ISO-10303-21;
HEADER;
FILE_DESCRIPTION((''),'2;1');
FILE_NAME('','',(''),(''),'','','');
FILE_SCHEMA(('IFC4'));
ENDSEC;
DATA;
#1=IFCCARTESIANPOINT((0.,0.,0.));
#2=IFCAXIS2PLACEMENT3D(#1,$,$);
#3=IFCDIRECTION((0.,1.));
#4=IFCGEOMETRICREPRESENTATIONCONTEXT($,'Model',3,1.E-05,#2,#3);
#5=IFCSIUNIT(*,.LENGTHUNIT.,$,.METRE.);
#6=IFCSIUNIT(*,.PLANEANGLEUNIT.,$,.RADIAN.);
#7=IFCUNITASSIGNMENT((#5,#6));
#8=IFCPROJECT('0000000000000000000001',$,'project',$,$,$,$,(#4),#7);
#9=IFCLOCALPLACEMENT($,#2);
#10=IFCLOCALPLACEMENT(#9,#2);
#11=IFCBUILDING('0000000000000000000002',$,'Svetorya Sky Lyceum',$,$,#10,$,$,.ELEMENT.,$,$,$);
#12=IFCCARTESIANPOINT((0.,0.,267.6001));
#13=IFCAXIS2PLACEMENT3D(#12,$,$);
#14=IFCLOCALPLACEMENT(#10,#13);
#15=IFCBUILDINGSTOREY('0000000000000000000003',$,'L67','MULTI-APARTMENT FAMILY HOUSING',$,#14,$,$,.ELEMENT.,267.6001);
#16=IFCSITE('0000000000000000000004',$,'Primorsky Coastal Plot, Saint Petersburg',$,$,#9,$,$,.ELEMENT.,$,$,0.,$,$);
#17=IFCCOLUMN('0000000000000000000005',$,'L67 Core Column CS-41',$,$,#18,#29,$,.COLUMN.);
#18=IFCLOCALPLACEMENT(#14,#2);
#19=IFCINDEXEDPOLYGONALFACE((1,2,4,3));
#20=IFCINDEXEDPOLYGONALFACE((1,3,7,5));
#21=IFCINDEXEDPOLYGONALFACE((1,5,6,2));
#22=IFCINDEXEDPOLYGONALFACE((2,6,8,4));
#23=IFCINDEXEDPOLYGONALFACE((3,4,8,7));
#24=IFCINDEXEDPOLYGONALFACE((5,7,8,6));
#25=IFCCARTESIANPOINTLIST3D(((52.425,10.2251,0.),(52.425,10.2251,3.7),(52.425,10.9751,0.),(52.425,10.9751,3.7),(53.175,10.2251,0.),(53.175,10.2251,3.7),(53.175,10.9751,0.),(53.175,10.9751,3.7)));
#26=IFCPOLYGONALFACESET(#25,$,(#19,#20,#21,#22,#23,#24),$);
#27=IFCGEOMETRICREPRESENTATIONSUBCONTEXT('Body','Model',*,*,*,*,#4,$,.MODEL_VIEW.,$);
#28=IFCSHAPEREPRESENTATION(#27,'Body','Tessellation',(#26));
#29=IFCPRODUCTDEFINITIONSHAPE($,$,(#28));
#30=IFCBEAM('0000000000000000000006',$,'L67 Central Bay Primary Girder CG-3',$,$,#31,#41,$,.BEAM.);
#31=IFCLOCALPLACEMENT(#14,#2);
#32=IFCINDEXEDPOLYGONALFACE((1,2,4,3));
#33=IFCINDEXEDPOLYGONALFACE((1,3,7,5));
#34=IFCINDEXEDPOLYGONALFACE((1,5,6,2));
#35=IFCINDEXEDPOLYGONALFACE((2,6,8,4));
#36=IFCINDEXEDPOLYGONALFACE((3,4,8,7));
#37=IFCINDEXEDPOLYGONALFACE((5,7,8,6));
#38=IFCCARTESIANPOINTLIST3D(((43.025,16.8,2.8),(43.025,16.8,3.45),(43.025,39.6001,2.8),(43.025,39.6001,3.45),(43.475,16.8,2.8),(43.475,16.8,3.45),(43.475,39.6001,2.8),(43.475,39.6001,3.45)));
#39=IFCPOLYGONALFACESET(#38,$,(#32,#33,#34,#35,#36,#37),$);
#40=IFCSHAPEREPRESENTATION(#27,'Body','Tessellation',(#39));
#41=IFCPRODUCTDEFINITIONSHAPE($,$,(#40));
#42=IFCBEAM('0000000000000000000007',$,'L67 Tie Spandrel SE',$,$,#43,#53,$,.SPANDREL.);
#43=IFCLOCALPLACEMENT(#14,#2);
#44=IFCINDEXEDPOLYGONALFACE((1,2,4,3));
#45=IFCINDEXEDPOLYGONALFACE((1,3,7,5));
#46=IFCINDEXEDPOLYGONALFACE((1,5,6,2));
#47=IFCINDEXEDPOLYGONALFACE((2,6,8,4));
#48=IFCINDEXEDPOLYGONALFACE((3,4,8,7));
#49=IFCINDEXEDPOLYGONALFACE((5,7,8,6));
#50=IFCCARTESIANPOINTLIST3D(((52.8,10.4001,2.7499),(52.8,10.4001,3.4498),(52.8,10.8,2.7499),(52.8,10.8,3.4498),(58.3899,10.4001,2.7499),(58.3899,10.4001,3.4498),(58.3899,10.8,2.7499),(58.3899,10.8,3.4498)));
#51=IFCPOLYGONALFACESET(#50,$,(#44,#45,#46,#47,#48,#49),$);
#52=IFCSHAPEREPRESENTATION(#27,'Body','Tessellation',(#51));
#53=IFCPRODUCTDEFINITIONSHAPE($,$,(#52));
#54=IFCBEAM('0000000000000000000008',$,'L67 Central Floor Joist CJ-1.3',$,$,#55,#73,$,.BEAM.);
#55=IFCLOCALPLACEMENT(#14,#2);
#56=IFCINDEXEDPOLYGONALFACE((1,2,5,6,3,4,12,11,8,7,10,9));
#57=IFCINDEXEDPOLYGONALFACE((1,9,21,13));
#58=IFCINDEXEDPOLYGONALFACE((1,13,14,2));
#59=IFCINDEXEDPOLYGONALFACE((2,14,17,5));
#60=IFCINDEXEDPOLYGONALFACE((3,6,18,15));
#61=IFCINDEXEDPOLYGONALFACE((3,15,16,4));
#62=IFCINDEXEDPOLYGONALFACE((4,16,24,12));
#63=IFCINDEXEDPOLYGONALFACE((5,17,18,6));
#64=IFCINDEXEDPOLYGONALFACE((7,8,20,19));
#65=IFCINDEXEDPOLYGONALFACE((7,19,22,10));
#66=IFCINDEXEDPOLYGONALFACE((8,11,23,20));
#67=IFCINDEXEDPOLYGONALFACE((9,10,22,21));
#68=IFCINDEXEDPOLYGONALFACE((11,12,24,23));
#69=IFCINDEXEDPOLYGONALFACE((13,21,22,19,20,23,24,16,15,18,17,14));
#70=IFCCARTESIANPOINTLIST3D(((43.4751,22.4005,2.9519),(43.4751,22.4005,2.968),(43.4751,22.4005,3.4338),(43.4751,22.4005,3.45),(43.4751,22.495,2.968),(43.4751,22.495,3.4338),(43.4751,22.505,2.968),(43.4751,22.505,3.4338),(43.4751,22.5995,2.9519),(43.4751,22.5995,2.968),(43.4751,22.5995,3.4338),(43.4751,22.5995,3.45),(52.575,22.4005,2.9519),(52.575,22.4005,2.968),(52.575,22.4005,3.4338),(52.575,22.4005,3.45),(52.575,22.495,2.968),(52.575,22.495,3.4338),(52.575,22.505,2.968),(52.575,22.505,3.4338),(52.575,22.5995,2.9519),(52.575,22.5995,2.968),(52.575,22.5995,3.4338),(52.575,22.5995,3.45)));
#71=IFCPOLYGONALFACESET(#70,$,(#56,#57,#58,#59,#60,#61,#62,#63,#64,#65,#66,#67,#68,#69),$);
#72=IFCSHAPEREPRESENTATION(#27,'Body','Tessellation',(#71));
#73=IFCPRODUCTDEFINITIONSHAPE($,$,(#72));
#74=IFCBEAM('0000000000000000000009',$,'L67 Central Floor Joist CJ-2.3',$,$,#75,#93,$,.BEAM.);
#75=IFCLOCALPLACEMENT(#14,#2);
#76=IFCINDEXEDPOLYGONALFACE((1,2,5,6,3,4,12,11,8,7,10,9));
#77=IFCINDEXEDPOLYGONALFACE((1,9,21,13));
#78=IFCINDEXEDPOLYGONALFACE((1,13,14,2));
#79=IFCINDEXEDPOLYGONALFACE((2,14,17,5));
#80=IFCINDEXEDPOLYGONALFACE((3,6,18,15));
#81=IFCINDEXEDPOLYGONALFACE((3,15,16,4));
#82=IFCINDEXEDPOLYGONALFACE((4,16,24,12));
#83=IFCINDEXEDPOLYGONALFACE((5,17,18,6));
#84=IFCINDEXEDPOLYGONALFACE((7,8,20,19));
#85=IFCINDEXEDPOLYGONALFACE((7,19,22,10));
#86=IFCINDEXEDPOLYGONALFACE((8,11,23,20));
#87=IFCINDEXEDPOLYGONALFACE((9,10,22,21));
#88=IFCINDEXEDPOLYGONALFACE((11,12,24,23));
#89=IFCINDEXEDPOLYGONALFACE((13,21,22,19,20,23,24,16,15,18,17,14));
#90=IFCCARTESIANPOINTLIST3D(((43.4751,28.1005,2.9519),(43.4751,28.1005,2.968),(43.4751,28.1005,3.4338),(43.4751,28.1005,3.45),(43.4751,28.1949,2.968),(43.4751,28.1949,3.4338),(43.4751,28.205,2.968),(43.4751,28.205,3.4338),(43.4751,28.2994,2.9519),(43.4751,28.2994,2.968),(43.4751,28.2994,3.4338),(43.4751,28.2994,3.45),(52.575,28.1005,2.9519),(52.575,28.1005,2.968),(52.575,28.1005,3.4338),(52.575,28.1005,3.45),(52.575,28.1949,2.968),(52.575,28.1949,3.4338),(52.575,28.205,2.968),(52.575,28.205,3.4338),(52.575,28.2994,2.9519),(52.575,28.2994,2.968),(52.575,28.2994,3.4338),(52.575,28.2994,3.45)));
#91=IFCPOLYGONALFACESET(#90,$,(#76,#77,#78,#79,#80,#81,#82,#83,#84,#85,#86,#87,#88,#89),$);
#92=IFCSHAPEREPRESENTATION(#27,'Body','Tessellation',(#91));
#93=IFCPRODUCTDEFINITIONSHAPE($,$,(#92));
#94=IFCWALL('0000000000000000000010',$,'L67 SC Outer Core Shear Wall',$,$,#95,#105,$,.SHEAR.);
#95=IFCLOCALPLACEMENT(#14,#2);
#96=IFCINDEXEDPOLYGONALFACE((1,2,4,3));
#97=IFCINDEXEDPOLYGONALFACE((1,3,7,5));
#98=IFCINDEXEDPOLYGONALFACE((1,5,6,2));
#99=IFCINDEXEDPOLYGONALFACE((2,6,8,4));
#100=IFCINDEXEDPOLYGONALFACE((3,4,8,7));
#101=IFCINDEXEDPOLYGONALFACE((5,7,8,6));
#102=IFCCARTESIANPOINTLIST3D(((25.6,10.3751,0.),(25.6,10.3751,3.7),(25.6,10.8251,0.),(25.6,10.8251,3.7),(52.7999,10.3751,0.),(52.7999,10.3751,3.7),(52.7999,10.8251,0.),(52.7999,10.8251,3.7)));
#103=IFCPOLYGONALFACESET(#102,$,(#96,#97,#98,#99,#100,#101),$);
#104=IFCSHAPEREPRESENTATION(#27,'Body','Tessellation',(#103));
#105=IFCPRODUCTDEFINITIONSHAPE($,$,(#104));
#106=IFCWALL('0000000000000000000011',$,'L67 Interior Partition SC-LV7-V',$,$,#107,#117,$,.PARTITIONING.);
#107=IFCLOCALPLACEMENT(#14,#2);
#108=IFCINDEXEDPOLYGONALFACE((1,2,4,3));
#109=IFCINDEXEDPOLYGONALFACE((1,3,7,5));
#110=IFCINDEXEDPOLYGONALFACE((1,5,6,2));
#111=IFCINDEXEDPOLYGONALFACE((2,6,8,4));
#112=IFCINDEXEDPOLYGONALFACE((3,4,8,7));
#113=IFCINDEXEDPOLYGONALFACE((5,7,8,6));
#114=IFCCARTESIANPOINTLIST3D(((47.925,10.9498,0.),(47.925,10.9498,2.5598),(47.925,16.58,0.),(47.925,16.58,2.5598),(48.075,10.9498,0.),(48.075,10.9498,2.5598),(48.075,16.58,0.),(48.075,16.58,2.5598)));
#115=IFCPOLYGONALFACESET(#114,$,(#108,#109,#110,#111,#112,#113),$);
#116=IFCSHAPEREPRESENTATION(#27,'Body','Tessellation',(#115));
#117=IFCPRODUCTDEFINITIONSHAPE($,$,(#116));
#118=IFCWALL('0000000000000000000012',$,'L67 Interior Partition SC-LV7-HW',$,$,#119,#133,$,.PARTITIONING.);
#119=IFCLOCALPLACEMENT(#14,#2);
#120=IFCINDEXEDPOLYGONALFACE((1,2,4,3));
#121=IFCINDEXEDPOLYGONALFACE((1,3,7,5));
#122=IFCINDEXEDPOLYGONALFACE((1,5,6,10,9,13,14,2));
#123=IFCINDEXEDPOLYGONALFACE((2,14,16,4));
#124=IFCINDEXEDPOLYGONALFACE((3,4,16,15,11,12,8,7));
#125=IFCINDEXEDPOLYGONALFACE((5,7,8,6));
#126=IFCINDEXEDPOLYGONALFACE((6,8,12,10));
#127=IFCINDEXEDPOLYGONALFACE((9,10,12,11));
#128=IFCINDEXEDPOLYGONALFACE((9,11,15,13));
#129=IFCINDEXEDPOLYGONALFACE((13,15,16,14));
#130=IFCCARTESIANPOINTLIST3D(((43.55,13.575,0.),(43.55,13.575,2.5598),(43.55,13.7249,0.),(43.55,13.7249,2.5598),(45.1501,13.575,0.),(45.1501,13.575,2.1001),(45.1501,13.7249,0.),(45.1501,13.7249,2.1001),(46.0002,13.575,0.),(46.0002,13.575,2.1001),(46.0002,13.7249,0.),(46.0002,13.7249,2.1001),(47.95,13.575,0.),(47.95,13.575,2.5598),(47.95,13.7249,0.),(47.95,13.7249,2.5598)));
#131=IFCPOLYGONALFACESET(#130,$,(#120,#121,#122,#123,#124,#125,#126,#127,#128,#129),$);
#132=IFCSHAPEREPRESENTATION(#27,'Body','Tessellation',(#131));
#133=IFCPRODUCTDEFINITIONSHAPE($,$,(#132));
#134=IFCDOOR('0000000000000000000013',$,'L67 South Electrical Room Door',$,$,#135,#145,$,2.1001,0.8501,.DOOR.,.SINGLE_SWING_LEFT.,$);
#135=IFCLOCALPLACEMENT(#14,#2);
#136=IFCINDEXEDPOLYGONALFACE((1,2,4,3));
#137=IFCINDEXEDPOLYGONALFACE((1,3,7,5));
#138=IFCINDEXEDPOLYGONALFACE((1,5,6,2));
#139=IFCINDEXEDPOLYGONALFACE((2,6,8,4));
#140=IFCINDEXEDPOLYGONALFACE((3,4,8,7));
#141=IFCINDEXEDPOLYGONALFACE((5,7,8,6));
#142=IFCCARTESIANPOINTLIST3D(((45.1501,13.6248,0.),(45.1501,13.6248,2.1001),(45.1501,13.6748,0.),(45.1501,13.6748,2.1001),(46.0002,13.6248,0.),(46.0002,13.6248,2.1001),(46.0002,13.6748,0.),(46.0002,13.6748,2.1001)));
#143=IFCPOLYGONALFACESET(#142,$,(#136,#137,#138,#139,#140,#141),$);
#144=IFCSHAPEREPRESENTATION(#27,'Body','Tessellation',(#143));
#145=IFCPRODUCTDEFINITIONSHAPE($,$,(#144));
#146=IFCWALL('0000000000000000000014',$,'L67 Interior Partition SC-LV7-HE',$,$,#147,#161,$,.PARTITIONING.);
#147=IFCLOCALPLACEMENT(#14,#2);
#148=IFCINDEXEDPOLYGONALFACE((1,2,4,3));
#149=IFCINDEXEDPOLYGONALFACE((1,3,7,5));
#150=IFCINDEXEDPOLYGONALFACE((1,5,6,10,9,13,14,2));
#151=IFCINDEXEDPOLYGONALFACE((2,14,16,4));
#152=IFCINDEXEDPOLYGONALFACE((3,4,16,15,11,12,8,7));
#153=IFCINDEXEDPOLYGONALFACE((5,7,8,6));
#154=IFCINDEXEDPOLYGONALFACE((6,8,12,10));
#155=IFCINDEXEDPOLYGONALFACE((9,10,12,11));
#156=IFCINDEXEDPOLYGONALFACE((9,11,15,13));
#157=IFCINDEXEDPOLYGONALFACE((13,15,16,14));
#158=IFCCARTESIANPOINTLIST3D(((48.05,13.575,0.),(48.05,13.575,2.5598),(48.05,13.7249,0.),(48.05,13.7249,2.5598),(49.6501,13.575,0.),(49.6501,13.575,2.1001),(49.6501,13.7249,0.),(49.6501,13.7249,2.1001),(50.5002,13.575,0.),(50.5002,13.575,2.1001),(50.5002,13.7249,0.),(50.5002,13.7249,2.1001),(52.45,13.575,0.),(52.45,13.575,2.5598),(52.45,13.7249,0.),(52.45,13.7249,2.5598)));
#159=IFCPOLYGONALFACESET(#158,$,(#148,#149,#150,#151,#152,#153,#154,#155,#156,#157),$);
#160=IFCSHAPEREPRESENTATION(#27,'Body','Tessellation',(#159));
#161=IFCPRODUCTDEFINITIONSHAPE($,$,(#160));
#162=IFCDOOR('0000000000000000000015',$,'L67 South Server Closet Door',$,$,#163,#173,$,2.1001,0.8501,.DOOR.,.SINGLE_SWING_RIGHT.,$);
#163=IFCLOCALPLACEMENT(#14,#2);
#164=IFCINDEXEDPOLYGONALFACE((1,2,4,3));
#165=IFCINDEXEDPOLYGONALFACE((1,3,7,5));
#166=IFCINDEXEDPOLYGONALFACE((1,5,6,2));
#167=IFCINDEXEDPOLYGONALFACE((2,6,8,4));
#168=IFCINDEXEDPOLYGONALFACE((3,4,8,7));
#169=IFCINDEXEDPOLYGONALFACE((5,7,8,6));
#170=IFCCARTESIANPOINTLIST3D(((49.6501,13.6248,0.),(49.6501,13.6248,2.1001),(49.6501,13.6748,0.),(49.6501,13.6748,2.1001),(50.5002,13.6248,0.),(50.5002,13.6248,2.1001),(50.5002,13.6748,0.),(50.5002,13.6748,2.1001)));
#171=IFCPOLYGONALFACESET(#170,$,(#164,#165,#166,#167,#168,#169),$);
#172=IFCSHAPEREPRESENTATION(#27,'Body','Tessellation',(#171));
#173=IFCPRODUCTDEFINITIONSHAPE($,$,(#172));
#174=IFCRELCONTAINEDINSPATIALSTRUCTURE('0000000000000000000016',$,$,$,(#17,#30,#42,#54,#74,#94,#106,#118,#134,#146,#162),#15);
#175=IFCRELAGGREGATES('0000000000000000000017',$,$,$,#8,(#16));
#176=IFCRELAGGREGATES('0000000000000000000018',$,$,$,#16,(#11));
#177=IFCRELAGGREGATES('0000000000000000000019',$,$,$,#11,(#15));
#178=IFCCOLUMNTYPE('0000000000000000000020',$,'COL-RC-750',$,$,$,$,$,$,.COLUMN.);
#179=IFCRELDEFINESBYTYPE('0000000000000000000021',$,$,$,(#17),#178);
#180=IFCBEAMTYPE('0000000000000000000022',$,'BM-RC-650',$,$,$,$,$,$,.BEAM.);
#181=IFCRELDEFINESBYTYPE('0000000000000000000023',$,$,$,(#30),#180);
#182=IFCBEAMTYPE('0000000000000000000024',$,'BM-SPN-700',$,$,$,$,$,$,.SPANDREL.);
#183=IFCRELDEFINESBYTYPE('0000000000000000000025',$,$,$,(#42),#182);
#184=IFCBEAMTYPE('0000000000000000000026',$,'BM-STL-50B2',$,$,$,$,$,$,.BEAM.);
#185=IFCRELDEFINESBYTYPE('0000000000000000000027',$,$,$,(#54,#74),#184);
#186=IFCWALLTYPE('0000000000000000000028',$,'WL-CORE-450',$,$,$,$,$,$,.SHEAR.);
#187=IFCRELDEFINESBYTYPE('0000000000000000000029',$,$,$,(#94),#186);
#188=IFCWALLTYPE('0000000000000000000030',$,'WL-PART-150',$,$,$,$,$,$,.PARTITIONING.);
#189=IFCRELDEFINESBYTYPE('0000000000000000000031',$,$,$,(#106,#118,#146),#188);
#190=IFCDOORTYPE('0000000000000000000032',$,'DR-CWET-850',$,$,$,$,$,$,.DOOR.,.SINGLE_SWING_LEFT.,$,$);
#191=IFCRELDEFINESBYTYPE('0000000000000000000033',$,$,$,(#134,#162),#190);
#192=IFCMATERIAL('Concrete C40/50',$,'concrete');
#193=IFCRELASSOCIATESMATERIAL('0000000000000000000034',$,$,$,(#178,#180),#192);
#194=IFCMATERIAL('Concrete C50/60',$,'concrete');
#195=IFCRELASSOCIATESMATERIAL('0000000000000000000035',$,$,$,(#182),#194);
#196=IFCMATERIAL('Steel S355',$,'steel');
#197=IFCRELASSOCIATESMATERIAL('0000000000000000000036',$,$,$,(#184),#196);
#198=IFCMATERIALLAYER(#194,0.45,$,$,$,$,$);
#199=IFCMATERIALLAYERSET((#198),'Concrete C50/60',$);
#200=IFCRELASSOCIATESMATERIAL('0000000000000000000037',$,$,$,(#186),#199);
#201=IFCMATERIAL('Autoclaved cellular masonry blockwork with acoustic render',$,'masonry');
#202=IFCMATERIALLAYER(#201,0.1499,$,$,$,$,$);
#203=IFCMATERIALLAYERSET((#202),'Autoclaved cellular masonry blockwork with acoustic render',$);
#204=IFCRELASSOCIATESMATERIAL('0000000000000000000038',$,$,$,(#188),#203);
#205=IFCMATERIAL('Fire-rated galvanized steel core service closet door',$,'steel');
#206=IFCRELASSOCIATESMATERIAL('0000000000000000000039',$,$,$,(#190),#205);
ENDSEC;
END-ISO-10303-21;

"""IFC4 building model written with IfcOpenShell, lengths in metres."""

from ifc_helpers import new_model, si_unit, direction, frame, frame_2d, origin, origin_2d, place, context, subcontext, project, spatial, rectangle, i_section, extrude, material, layer, layer_set, material_profile, profile_set, type_object, element, fill, save


model = new_model("IFC4")

# Units and contexts
model_context = context("Model", 3, precision=1e-05, world=origin(), true_north=direction((0.0, 1.0)))
body_context = subcontext(model_context, "Body", "Model", "MODEL_VIEW")
ifc_project = project(units=[si_unit("LENGTHUNIT", "METRE"), si_unit("PLANEANGLEUNIT", "RADIAN")], contexts=[model_context])

# Site, building, storey
site_placement = place(None, origin())
site = spatial("IfcSite", under=ifc_project, at=site_placement, Name="Primorsky Coastal Plot, Saint Petersburg", CompositionType="ELEMENT", RefElevation=0.0)
building_placement = place(site_placement, origin())
building = spatial("IfcBuilding", under=site, at=building_placement, Name="Svetorya Sky Lyceum", CompositionType="ELEMENT")
storey_placement = place(building_placement, frame((0.0, 0.0, 267.6001)))
storey = spatial("IfcBuildingStorey", under=building, at=storey_placement, Name="L67", Description="MULTI-APARTMENT FAMILY HOUSING", CompositionType="ELEMENT", Elevation=267.6001)

# Column
ifc_material_1 = material(Name="Concrete C40/50", Category="concrete")
ifc_material_profile_1 = material_profile(ifc_material_1, rectangle(XDim=0.75, YDim=0.75, at=origin_2d()), Name="RC COL 750x750")
ifc_profile_set_1 = profile_set([ifc_material_profile_1], Name="Concrete C40/50")
column_type = type_object("IfcColumnType", Name="COL-RC-750", PredefinedType="COLUMN", material=ifc_profile_set_1)
column_placement = place(storey_placement, frame((52.8, 10.6001, 0.0), z_axis=(0.0, 0.0, 1.0), x_axis=(1.0, 0.0, 0.0)))
element("IfcColumn", 1, at=column_placement, inside=storey, type_object=column_type, Name="L67 Core Column CS-41", PredefinedType="COLUMN", context=body_context, shape_type="SweptSolid", body=[
    extrude(rectangle(XDim=0.75, YDim=0.75, at=origin_2d()), origin(), (0.0, 0.0, 1.0), 3.7),
])

# Beams
ifc_material_profile_2 = material_profile(ifc_material_1, rectangle(XDim=0.45, YDim=0.6499, at=origin_2d()), Name="RC BEAM 450x650")
ifc_profile_set_2 = profile_set([ifc_material_profile_2], Name="Concrete C40/50")
beam_type_1 = type_object("IfcBeamType", Name="BM-RC-650", PredefinedType="BEAM", material=ifc_profile_set_2)
beam_1_placement = place(storey_placement, frame((43.25, 16.8, 3.125), z_axis=(0.0, 1.0, 0.0), x_axis=(-1.0, 0.0, 0.0)))
element("IfcBeam", 2, at=beam_1_placement, inside=storey, type_object=beam_type_1, Name="L67 Central Bay Primary Girder CG-3", PredefinedType="BEAM", context=body_context, shape_type="SweptSolid", body=[
    extrude(rectangle(XDim=0.45, YDim=0.6499, at=origin_2d()), origin(), (0.0, 0.0, 1.0), 22.8),
])
ifc_material_2 = material(Name="Concrete C50/60", Category="concrete")
ifc_material_profile_3 = material_profile(ifc_material_2, rectangle(XDim=0.3999, YDim=0.7, at=origin_2d()), Name="RC SPANDREL 400x700")
ifc_profile_set_3 = profile_set([ifc_material_profile_3], Name="Concrete C50/60")
beam_type_2 = type_object("IfcBeamType", Name="BM-SPN-700", PredefinedType="SPANDREL", material=ifc_profile_set_3)
beam_2_placement = place(storey_placement, frame((52.8, 10.6001, 3.0999), z_axis=(1.0, 0.0, 0.0), x_axis=(0.0, 1.0, 0.0)))
element("IfcBeam", 3, at=beam_2_placement, inside=storey, type_object=beam_type_2, Name="L67 Tie Spandrel SE", PredefinedType="SPANDREL", context=body_context, shape_type="SweptSolid", body=[
    extrude(rectangle(XDim=0.3999, YDim=0.7, at=origin_2d()), origin(), (0.0, 0.0, 1.0), 5.5898),
])
ifc_material_3 = material(Name="Steel S355", Category="steel")
ifc_material_profile_4 = material_profile(ifc_material_3, i_section(OverallWidth=0.199, OverallDepth=0.498, WebThickness=0.01, FlangeThickness=0.0161, at=origin_2d()), Name="GOST 50B2")
ifc_profile_set_4 = profile_set([ifc_material_profile_4], Name="Steel S355")
beam_type_3 = type_object("IfcBeamType", Name="BM-STL-50B2", PredefinedType="BEAM", material=ifc_profile_set_4)
for number, where, z_axis, x_axis, name in (
    (4, (43.4751, 22.5, 3.2009), (1.0, 0.0, 0.0), (0.0, 1.0, 0.0), "L67 Central Floor Joist CJ-1.3"),
    (5, (43.4751, 28.2, 3.2009), (1.0, 0.0, 0.0), (0.0, 1.0, 0.0), "L67 Central Floor Joist CJ-2.3"),
):
    element("IfcBeam", number, at=place(storey_placement, frame(where, z_axis=z_axis, x_axis=x_axis)), inside=storey, type_object=beam_type_3, Name=name, PredefinedType="BEAM", context=body_context, shape_type="SweptSolid", body=[
        extrude(i_section(OverallWidth=0.199, OverallDepth=0.498, WebThickness=0.01, FlangeThickness=0.0161, at=origin_2d()), origin(), (0.0, 0.0, 1.0), 9.0999),
    ])

# Walls
ifc_layer_1 = layer(ifc_material_2, 0.45)
ifc_layer_set_1 = layer_set([ifc_layer_1], Name="Concrete C50/60")
wall_type_1 = type_object("IfcWallType", Name="WL-CORE-450", PredefinedType="SHEAR", material=ifc_layer_set_1)
wall_1_placement = place(storey_placement, frame((52.8, 10.6001, 0.0), z_axis=(0.0, 0.0, 1.0), x_axis=(-1.0, 0.0, 0.0)))
element("IfcWall", 6, at=wall_1_placement, inside=storey, type_object=wall_type_1, Name="L67 SC Outer Core Shear Wall", PredefinedType="SHEAR", context=body_context, shape_type="SweptSolid", body=[
    extrude(rectangle(XDim=27.2, YDim=0.45, at=frame_2d((13.6001, 0.0))), origin(), (0.0, 0.0, 1.0), 3.7),
])
ifc_material_4 = material(Name="Autoclaved cellular masonry blockwork with acoustic render", Category="masonry")
ifc_layer_2 = layer(ifc_material_4, 0.1499)
ifc_layer_set_2 = layer_set([ifc_layer_2], Name="Autoclaved cellular masonry blockwork with acoustic render")
wall_type_2 = type_object("IfcWallType", Name="WL-PART-150", PredefinedType="PARTITIONING", material=ifc_layer_set_2)
wall_2_placement = place(storey_placement, frame((48.0, 10.95, 0.0), z_axis=(0.0, 0.0, 1.0), x_axis=(0.0, 1.0, 0.0)))
element("IfcWall", 7, at=wall_2_placement, inside=storey, type_object=wall_type_2, Name="L67 Interior Partition SC-LV7-V", PredefinedType="PARTITIONING", context=body_context, shape_type="SweptSolid", body=[
    extrude(rectangle(XDim=5.6301, YDim=0.1499, at=frame_2d((2.8149, 0.0))), origin(), (0.0, 0.0, 1.0), 2.5598),
])

# Walls, openings, doors
wall_3_placement = place(storey_placement, frame((43.55, 13.6499, 0.0), z_axis=(0.0, 0.0, 1.0), x_axis=(1.0, 0.0, 0.0)))
wall_3 = element("IfcWall", 8, at=wall_3_placement, inside=storey, type_object=wall_type_2, Name="L67 Interior Partition SC-LV7-HW", PredefinedType="PARTITIONING", context=body_context, shape_type="SweptSolid", body=[
    extrude(rectangle(XDim=4.3999, YDim=0.1499, at=frame_2d((2.2, 0.0))), origin(), (0.0, 0.0, 1.0), 2.5598),
])
opening_1_placement = place(wall_3_placement, frame((1.6001, 0.0, 0.0)))
opening_1 = element("IfcOpeningElement", 9, at=opening_1_placement, cuts=wall_3, PredefinedType="OPENING", context=body_context, shape_type="SweptSolid", body=[
    extrude(rectangle(XDim=0.8501, YDim=2.1001, at=frame_2d((0.425, 1.05))), frame((0.0, 0.085, 0.0), z_axis=(0.0, -1.0, 0.0), x_axis=(1.0, 0.0, 0.0)), (0.0, 0.0, 1.0), 0.1699),
])
ifc_material_5 = material(Name="Fire-rated galvanized steel core service closet door", Category="steel")
door_type_1 = type_object("IfcDoorType", Name="DR-CWET-850", OperationType="SINGLE_SWING_LEFT", PredefinedType="DOOR", material=ifc_material_5)
door_1_placement = place(opening_1_placement, origin())
door_1 = element("IfcDoor", 10, at=door_1_placement, inside=storey, type_object=door_type_1, Name="L67 South Electrical Room Door", OperationType="SINGLE_SWING_LEFT", OverallHeight=2.1001, OverallWidth=0.8501, PredefinedType="DOOR", context=body_context, shape_type="SweptSolid", body=[
    extrude(rectangle(XDim=0.8501, YDim=2.1001, at=frame_2d((0.425, 1.05))), frame((0.0, 0.0249, 0.0), z_axis=(0.0, -1.0, 0.0), x_axis=(1.0, 0.0, 0.0)), (0.0, 0.0, 1.0), 0.05),
])
fill(opening_1, door_1)
wall_4_placement = place(storey_placement, frame((48.05, 13.6499, 0.0), z_axis=(0.0, 0.0, 1.0), x_axis=(1.0, 0.0, 0.0)))
wall_4 = element("IfcWall", 11, at=wall_4_placement, inside=storey, type_object=wall_type_2, Name="L67 Interior Partition SC-LV7-HE", PredefinedType="PARTITIONING", context=body_context, shape_type="SweptSolid", body=[
    extrude(rectangle(XDim=4.3999, YDim=0.1499, at=frame_2d((2.2, 0.0))), origin(), (0.0, 0.0, 1.0), 2.5598),
])
opening_2_placement = place(wall_4_placement, frame((1.6001, 0.0, 0.0)))
opening_2 = element("IfcOpeningElement", 12, at=opening_2_placement, cuts=wall_4, PredefinedType="OPENING", context=body_context, shape_type="SweptSolid", body=[
    extrude(rectangle(XDim=0.8501, YDim=2.1001, at=frame_2d((0.425, 1.05))), frame((0.0, 0.085, 0.0), z_axis=(0.0, -1.0, 0.0), x_axis=(1.0, 0.0, 0.0)), (0.0, 0.0, 1.0), 0.1699),
])
door_2_placement = place(opening_2_placement, origin())
door_2 = element("IfcDoor", 13, at=door_2_placement, inside=storey, type_object=door_type_1, Name="L67 South Server Closet Door", OperationType="SINGLE_SWING_RIGHT", OverallHeight=2.1001, OverallWidth=0.8501, PredefinedType="DOOR", context=body_context, shape_type="SweptSolid", body=[
    extrude(rectangle(XDim=0.8501, YDim=2.1001, at=frame_2d((0.425, 1.05))), frame((0.0, 0.0249, 0.0), z_axis=(0.0, -1.0, 0.0), x_axis=(1.0, 0.0, 0.0)), (0.0, 0.0, 1.0), 0.05),
])
fill(opening_2, door_2)

save(model, "model.ifc")
